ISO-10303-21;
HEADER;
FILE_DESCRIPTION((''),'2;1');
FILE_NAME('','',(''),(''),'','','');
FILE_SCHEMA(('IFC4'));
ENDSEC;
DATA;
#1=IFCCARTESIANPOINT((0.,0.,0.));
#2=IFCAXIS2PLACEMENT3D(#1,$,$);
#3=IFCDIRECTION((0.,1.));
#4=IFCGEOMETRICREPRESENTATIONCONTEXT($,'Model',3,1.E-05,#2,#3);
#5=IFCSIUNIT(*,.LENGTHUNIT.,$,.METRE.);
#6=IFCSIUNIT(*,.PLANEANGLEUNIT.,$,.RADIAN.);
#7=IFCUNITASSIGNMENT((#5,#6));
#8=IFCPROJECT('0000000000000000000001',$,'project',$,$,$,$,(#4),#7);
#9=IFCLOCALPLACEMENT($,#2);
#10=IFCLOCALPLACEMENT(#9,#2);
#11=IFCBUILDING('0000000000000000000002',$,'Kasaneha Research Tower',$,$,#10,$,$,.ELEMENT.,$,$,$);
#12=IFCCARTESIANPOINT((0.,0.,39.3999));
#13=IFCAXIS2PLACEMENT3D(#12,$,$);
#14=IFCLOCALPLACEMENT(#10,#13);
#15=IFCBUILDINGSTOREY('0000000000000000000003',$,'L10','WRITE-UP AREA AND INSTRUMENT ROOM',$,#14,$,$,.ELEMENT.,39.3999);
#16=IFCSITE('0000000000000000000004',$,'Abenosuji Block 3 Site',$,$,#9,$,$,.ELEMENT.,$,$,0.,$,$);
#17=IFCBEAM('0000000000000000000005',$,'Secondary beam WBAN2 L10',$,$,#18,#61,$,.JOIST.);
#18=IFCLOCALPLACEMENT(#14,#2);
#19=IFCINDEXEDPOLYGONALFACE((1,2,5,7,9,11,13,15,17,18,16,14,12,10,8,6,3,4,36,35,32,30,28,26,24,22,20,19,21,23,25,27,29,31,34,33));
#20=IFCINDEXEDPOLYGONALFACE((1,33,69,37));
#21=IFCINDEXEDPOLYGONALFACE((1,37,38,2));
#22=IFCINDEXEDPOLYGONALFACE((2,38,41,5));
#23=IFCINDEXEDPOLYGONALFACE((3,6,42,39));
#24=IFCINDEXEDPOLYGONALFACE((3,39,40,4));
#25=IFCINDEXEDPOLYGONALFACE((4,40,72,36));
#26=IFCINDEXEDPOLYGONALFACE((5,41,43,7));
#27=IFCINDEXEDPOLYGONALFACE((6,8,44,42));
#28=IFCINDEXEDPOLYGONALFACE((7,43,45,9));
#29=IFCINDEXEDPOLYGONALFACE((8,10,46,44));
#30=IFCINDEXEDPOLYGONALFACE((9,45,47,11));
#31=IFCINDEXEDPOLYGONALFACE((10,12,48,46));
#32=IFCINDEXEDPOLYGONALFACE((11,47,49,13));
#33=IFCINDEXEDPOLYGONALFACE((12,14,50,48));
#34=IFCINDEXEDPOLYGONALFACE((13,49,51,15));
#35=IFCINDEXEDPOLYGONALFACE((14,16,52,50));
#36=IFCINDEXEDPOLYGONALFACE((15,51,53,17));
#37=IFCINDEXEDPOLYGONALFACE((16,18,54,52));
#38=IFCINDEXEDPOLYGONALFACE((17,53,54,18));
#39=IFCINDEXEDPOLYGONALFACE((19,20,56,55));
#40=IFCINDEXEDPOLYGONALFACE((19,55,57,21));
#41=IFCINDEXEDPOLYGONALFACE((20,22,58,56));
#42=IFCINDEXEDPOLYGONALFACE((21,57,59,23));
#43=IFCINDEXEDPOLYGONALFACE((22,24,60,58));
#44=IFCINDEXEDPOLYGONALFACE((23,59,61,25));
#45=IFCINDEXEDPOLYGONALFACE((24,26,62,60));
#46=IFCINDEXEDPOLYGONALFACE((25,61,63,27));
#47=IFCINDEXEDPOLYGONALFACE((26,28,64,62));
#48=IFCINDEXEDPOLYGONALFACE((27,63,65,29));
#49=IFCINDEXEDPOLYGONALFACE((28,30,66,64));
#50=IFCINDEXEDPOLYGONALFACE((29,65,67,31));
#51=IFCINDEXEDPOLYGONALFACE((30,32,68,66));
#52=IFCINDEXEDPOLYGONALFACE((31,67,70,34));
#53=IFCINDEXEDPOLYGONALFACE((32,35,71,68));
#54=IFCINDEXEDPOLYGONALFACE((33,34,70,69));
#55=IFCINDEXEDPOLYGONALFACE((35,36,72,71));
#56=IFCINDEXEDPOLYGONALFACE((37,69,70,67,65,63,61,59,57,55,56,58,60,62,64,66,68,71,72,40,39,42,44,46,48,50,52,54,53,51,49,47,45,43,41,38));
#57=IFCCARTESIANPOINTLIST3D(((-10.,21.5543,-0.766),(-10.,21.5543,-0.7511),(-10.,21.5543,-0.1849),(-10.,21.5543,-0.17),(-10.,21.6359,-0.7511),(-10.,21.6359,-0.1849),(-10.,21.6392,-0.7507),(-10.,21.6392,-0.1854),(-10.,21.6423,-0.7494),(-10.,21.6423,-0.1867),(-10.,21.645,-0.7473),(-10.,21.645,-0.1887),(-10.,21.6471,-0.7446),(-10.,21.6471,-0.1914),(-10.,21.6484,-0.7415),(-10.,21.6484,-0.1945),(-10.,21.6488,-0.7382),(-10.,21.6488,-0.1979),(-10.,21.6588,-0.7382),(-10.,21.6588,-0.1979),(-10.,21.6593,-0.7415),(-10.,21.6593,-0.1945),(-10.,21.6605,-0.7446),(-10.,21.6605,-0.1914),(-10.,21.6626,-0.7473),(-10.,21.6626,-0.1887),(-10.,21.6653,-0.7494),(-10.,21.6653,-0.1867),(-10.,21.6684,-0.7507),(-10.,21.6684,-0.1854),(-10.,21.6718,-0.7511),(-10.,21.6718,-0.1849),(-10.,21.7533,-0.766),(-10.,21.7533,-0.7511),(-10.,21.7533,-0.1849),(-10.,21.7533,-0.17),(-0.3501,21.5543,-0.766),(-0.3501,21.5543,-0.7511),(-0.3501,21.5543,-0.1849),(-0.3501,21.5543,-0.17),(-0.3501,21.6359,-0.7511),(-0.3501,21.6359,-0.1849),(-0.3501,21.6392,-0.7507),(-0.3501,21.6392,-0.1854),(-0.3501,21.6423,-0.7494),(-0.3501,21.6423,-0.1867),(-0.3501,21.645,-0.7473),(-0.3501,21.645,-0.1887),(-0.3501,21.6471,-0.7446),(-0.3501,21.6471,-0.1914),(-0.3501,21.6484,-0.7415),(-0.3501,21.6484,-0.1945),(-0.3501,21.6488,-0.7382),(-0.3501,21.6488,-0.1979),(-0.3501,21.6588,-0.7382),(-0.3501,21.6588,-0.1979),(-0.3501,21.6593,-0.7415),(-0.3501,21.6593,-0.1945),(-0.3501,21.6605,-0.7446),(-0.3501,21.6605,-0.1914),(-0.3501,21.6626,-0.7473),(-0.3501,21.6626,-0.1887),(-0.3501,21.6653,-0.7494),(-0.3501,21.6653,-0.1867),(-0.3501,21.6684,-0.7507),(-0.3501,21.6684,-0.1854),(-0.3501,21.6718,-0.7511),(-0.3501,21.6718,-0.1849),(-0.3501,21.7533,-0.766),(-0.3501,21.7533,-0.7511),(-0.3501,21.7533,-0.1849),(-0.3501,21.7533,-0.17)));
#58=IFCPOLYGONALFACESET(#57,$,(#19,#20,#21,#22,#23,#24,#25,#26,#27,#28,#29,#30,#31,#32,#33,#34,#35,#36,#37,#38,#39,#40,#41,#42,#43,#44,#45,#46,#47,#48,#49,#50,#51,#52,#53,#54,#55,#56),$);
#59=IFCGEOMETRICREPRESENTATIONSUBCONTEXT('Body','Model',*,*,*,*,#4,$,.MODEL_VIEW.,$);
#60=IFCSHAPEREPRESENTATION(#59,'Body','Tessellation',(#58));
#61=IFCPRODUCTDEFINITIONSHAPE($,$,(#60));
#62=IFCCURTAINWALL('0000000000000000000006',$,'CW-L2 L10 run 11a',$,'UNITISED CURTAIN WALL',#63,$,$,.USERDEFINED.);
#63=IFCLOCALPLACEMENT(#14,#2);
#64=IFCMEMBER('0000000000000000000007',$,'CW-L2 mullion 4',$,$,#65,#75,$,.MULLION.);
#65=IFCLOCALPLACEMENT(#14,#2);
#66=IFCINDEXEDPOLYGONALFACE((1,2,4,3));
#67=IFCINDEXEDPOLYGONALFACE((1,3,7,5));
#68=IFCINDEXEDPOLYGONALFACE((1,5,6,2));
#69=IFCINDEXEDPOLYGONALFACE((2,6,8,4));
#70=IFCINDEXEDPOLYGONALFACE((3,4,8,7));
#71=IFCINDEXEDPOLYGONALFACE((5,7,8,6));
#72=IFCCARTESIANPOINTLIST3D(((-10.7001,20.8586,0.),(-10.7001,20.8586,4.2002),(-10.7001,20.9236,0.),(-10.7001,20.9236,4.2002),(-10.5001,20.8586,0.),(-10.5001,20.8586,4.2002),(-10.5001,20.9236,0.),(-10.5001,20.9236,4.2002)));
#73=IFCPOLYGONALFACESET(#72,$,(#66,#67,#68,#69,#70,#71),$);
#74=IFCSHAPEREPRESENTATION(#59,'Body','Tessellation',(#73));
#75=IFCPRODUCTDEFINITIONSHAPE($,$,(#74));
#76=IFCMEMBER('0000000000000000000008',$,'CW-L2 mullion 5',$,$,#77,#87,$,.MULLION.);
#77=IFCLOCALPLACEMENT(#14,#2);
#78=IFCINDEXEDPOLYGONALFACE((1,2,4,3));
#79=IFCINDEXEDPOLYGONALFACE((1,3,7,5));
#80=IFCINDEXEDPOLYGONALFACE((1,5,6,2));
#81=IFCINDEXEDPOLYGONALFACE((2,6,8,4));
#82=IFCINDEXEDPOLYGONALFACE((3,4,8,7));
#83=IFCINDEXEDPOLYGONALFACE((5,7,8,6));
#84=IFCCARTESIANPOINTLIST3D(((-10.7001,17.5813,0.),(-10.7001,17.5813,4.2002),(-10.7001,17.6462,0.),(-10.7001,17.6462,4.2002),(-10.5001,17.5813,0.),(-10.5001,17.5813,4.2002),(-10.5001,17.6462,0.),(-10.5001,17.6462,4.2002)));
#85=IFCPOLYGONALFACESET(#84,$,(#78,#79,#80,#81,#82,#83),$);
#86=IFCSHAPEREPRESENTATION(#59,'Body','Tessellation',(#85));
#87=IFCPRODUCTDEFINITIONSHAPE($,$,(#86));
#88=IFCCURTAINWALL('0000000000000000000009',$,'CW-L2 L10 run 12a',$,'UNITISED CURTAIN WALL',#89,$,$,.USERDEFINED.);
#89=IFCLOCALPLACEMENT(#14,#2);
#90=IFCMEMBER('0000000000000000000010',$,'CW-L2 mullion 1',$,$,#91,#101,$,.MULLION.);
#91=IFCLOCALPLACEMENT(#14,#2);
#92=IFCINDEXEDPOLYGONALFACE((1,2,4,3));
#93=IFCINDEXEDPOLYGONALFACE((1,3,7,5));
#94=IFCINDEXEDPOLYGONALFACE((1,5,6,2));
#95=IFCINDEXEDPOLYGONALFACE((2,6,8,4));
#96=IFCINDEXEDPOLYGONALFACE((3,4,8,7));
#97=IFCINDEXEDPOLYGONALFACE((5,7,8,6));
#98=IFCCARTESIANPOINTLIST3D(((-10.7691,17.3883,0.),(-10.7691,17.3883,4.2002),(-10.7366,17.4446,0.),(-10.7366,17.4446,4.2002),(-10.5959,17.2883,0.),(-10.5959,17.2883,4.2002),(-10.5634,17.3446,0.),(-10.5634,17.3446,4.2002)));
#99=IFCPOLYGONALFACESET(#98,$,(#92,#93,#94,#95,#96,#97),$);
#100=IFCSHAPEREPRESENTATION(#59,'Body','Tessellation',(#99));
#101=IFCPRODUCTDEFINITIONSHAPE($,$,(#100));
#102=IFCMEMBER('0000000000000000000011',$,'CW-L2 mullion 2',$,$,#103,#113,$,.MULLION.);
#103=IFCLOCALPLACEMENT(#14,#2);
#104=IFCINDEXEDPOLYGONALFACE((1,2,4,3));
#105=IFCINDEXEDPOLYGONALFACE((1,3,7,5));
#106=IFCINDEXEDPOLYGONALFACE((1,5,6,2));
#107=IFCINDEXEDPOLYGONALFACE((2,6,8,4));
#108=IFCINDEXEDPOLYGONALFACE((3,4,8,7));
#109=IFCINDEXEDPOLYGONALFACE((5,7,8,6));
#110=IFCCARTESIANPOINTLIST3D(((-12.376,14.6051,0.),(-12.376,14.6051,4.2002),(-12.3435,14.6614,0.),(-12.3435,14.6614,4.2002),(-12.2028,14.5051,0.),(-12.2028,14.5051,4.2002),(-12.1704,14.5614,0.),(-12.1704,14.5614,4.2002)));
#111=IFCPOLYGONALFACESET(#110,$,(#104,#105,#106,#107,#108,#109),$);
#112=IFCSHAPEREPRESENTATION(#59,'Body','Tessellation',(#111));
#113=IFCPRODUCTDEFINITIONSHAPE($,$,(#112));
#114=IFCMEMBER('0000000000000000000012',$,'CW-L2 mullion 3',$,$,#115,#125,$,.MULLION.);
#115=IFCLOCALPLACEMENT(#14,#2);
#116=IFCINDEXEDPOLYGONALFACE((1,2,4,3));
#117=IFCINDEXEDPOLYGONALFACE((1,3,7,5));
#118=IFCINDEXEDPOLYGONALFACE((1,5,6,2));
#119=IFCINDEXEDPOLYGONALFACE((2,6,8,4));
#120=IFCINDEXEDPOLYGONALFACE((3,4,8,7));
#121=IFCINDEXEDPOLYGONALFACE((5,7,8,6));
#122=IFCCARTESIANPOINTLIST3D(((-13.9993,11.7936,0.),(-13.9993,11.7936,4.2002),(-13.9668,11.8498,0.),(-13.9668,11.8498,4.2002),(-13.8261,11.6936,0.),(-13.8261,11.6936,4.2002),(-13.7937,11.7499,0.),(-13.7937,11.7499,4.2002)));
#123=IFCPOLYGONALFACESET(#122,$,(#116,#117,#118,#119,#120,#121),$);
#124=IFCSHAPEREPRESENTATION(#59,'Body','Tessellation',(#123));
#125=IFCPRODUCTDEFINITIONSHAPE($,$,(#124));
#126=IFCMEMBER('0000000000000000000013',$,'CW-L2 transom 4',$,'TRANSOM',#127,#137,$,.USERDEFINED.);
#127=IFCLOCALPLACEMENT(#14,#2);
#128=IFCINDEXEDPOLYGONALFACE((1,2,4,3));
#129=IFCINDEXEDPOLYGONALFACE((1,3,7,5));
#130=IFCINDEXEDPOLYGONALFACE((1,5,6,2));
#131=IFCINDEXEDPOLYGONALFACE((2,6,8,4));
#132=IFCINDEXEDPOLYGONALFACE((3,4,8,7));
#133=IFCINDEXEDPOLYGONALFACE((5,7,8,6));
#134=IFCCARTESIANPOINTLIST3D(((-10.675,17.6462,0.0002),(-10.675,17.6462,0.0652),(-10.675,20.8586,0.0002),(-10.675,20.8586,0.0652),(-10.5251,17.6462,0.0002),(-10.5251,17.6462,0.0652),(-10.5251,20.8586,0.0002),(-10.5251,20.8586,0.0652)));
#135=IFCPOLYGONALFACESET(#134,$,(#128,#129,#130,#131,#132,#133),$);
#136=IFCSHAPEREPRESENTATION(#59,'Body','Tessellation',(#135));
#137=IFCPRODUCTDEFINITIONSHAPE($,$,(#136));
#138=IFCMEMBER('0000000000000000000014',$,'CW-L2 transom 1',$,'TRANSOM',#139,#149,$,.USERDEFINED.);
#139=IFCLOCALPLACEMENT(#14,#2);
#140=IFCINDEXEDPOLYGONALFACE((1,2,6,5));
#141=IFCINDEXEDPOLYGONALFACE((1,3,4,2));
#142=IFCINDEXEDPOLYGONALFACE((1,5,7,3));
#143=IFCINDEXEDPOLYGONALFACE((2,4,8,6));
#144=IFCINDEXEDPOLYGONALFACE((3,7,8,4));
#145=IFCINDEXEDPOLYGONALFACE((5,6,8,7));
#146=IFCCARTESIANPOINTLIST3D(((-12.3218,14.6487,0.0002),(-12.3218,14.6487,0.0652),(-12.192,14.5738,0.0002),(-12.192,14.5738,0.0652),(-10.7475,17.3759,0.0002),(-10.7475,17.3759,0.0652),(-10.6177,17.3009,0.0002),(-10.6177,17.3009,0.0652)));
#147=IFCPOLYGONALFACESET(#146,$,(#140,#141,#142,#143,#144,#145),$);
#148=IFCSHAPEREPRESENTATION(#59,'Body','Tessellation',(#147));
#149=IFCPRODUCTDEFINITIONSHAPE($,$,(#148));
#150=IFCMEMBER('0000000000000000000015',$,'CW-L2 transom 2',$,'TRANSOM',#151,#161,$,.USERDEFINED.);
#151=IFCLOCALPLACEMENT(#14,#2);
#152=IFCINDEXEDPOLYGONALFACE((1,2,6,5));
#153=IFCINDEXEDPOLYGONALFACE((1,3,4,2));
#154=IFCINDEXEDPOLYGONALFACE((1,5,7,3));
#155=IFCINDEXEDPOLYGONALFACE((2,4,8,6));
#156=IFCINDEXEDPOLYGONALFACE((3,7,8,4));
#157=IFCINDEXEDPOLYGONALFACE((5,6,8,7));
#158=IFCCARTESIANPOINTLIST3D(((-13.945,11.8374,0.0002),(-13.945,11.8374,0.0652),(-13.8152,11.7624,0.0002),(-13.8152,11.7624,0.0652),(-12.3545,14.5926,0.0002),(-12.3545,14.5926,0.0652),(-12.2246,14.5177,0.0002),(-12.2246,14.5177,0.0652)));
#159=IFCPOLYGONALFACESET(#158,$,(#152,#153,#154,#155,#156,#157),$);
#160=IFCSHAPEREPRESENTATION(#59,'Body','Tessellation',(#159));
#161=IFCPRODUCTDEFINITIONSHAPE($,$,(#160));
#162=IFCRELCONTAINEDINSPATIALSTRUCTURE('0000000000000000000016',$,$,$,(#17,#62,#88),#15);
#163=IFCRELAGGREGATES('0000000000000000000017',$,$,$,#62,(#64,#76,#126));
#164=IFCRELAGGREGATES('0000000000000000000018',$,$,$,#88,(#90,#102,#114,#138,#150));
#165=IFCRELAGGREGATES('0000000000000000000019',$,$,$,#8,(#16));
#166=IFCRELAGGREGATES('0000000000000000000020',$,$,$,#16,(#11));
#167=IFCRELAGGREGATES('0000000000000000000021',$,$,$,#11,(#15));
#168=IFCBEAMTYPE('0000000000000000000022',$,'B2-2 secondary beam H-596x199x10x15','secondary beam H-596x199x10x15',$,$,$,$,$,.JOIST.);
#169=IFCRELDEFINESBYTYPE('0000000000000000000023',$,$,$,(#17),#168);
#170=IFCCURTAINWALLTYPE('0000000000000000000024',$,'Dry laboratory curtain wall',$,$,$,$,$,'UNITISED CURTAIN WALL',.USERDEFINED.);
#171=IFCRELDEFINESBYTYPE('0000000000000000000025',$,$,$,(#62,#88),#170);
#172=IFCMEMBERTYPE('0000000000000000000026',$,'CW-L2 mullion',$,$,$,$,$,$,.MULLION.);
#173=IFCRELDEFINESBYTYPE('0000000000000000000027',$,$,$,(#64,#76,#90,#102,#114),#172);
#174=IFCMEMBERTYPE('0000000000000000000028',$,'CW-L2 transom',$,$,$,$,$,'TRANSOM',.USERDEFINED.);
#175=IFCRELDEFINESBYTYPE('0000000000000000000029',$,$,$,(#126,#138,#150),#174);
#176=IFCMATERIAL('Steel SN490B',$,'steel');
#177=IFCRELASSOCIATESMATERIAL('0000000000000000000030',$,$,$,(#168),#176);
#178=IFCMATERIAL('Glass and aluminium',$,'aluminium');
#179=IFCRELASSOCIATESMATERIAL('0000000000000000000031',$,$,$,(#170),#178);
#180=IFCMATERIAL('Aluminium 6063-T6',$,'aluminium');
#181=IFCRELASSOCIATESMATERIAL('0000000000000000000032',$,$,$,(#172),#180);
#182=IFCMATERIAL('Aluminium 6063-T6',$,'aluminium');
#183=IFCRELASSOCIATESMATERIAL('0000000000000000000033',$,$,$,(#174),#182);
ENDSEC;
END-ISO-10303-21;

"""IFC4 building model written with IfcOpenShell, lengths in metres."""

from ifc_helpers import new_model, si_unit, direction, frame, origin, origin_2d, place, context, subcontext, project, spatial, rectangle, i_section, extrude, material, material_profile, profile_set, type_object, element, aggregate, save


model = new_model("IFC4")

# Units and contexts
model_context = context("Model", 3, precision=1e-05, world=origin(), true_north=direction((0.0, 1.0)))
body_context = subcontext(model_context, "Body", "Model", "MODEL_VIEW")
ifc_project = project(units=[si_unit("LENGTHUNIT", "METRE"), si_unit("PLANEANGLEUNIT", "RADIAN")], contexts=[model_context])

# Site, building, storey
site_placement = place(None, origin())
site = spatial("IfcSite", under=ifc_project, at=site_placement, Name="Abenosuji Block 3 Site", CompositionType="ELEMENT", RefElevation=0.0)
building_placement = place(site_placement, origin())
building = spatial("IfcBuilding", under=site, at=building_placement, Name="Kasaneha Research Tower", CompositionType="ELEMENT")
storey_placement = place(building_placement, frame((0.0, 0.0, 39.3999)))
storey = spatial("IfcBuildingStorey", under=building, at=storey_placement, Name="L10", Description="WRITE-UP AREA AND INSTRUMENT ROOM", CompositionType="ELEMENT", Elevation=39.3999)

# Beam
ifc_material_1 = material(Name="Steel SN490B", Category="steel")
ifc_material_profile_1 = material_profile(ifc_material_1, i_section(OverallWidth=0.199, OverallDepth=0.5959, WebThickness=0.01, FlangeThickness=0.0149, FilletRadius=0.0129, at=origin_2d()), Name="H-596x199x10x15")
ifc_profile_set_1 = profile_set([ifc_material_profile_1], Name="Steel SN490B")
beam_type_1 = type_object("IfcBeamType", Name="B2-2 secondary beam H-596x199x10x15", Description="secondary beam H-596x199x10x15", PredefinedType="JOIST", material=ifc_profile_set_1)
for number, where, z_axis, x_axis, name in (
    (1, (-10.0, 21.6538, -0.468), (1.0, 0.0, 0.0), (0.0, 1.0, 0.0), "Secondary beam WBAN2 L10"),
):
    element("IfcBeam", number, at=place(storey_placement, frame(where, z_axis=z_axis, x_axis=x_axis)), inside=storey, type_object=beam_type_1, Name=name, PredefinedType="JOIST", context=body_context, shape_type="SweptSolid", body=[
        extrude(i_section(OverallWidth=0.199, OverallDepth=0.5959, WebThickness=0.01, FlangeThickness=0.0149, FilletRadius=0.0129, at=origin_2d()), origin(), (0.0, 0.0, 1.0), 9.6499),
    ])

# Curtain walls, members
ifc_material_2 = material(Name="Glass and aluminium", Category="aluminium")
curtain_wall_type = type_object("IfcCurtainWallType", Name="Dry laboratory curtain wall", ElementType="UNITISED CURTAIN WALL", PredefinedType="USERDEFINED", material=ifc_material_2)
curtain_wall_1_placement = place(storey_placement, origin())
curtain_wall_1 = element("IfcCurtainWall", 2, at=curtain_wall_1_placement, inside=storey, type_object=curtain_wall_type, Name="CW-L2 L10 run 11a", ObjectType="UNITISED CURTAIN WALL", PredefinedType="USERDEFINED")
ifc_material_3 = material(Name="Aluminium 6063-T6", Category="aluminium")
ifc_material_profile_2 = material_profile(ifc_material_3, rectangle(XDim=0.0649, YDim=0.2, at=origin_2d()), Name="CW-L2 mullion 65x200")
ifc_profile_set_2 = profile_set([ifc_material_profile_2], Name="Aluminium 6063-T6")
member_type_1 = type_object("IfcMemberType", Name="CW-L2 mullion", PredefinedType="MULLION", material=ifc_profile_set_2)
member_1_placement = place(storey_placement, frame((-10.6001, 20.8911, 0.0), z_axis=(0.0, 0.0, 1.0), x_axis=(0.0, -1.0, 0.0)))
member_1 = element("IfcMember", 3, at=member_1_placement, type_object=member_type_1, Name="CW-L2 mullion 4", PredefinedType="MULLION", context=body_context, shape_type="SweptSolid", body=[
    extrude(rectangle(XDim=0.0649, YDim=0.2, at=origin_2d()), origin(), (0.0, 0.0, 1.0), 4.2002),
])
member_2_placement = place(storey_placement, frame((-10.6001, 17.6138, 0.0), z_axis=(0.0, 0.0, 1.0), x_axis=(0.0, -1.0, 0.0)))
member_2 = element("IfcMember", 4, at=member_2_placement, type_object=member_type_1, Name="CW-L2 mullion 5", PredefinedType="MULLION", context=body_context, shape_type="SweptSolid", body=[
    extrude(rectangle(XDim=0.0649, YDim=0.2, at=origin_2d()), origin(), (0.0, 0.0, 1.0), 4.2002),
])
curtain_wall_2_placement = place(storey_placement, origin())
curtain_wall_2 = element("IfcCurtainWall", 5, at=curtain_wall_2_placement, inside=storey, type_object=curtain_wall_type, Name="CW-L2 L10 run 12a", ObjectType="UNITISED CURTAIN WALL", PredefinedType="USERDEFINED")
member_3_placement = place(storey_placement, frame((-10.6663, 17.3665, 0.0), z_axis=(0.0, 0.0, 1.0), x_axis=(-0.5, -0.866025, 0.0)))
member_3 = element("IfcMember", 6, at=member_3_placement, type_object=member_type_1, Name="CW-L2 mullion 1", PredefinedType="MULLION", context=body_context, shape_type="SweptSolid", body=[
    extrude(rectangle(XDim=0.0649, YDim=0.2, at=origin_2d()), origin(), (0.0, 0.0, 1.0), 4.2002),
])
member_4_placement = place(storey_placement, frame((-12.2732, 14.5833, 0.0), z_axis=(0.0, 0.0, 1.0), x_axis=(-0.5, -0.866025, 0.0)))
member_4 = element("IfcMember", 7, at=member_4_placement, type_object=member_type_1, Name="CW-L2 mullion 2", PredefinedType="MULLION", context=body_context, shape_type="SweptSolid", body=[
    extrude(rectangle(XDim=0.0649, YDim=0.2, at=origin_2d()), origin(), (0.0, 0.0, 1.0), 4.2002),
])
member_5_placement = place(storey_placement, frame((-13.8965, 11.7717, 0.0), z_axis=(0.0, 0.0, 1.0), x_axis=(-0.5, -0.866025, 0.0)))
member_5 = element("IfcMember", 8, at=member_5_placement, type_object=member_type_1, Name="CW-L2 mullion 3", PredefinedType="MULLION", context=body_context, shape_type="SweptSolid", body=[
    extrude(rectangle(XDim=0.0649, YDim=0.2, at=origin_2d()), origin(), (0.0, 0.0, 1.0), 4.2002),
])

# Members
ifc_material_4 = material(Name="Aluminium 6063-T6", Category="aluminium")
ifc_material_profile_3 = material_profile(ifc_material_4, rectangle(XDim=0.1499, YDim=0.0649, at=origin_2d()), Name="CW-L2 transom 150x65")
ifc_profile_set_3 = profile_set([ifc_material_profile_3], Name="Aluminium 6063-T6")
member_type_2 = type_object("IfcMemberType", Name="CW-L2 transom", ElementType="TRANSOM", PredefinedType="USERDEFINED", material=ifc_profile_set_3)
member_6_placement = place(storey_placement, frame((-10.6001, 20.8586, 0.0327), z_axis=(0.0, -1.0, 0.0), x_axis=(1.0, 0.0, 0.0)))
member_6 = element("IfcMember", 9, at=member_6_placement, type_object=member_type_2, Name="CW-L2 transom 4", ObjectType="TRANSOM", PredefinedType="USERDEFINED", context=body_context, shape_type="SweptSolid", body=[
    extrude(rectangle(XDim=0.1499, YDim=0.0649, at=origin_2d()), origin(), (0.0, 0.0, 1.0), 3.2124),
])
member_7_placement = place(storey_placement, frame((-10.6826, 17.3384, 0.0327), z_axis=(-0.499942, -0.866059, 0.0), x_axis=(0.866059, -0.499942, 0.0)))
member_7 = element("IfcMember", 10, at=member_7_placement, type_object=member_type_2, Name="CW-L2 transom 1", ObjectType="TRANSOM", PredefinedType="USERDEFINED", context=body_context, shape_type="SweptSolid", body=[
    extrude(rectangle(XDim=0.1499, YDim=0.0649, at=origin_2d()), origin(), (0.0, 0.0, 1.0), 3.1489),
])
member_8_placement = place(storey_placement, frame((-12.2896, 14.5552, 0.0327), z_axis=(-0.499944, -0.866058, 0.0), x_axis=(0.866058, -0.499944, 0.0)))
member_8 = element("IfcMember", 11, at=member_8_placement, type_object=member_type_2, Name="CW-L2 transom 2", ObjectType="TRANSOM", PredefinedType="USERDEFINED", context=body_context, shape_type="SweptSolid", body=[
    extrude(rectangle(XDim=0.1499, YDim=0.0649, at=origin_2d()), origin(), (0.0, 0.0, 1.0), 3.1814),
])

aggregate(curtain_wall_1, [member_1, member_2, member_6])
aggregate(curtain_wall_2, [member_3, member_4, member_5, member_7, member_8])

save(model, "model.ifc")
